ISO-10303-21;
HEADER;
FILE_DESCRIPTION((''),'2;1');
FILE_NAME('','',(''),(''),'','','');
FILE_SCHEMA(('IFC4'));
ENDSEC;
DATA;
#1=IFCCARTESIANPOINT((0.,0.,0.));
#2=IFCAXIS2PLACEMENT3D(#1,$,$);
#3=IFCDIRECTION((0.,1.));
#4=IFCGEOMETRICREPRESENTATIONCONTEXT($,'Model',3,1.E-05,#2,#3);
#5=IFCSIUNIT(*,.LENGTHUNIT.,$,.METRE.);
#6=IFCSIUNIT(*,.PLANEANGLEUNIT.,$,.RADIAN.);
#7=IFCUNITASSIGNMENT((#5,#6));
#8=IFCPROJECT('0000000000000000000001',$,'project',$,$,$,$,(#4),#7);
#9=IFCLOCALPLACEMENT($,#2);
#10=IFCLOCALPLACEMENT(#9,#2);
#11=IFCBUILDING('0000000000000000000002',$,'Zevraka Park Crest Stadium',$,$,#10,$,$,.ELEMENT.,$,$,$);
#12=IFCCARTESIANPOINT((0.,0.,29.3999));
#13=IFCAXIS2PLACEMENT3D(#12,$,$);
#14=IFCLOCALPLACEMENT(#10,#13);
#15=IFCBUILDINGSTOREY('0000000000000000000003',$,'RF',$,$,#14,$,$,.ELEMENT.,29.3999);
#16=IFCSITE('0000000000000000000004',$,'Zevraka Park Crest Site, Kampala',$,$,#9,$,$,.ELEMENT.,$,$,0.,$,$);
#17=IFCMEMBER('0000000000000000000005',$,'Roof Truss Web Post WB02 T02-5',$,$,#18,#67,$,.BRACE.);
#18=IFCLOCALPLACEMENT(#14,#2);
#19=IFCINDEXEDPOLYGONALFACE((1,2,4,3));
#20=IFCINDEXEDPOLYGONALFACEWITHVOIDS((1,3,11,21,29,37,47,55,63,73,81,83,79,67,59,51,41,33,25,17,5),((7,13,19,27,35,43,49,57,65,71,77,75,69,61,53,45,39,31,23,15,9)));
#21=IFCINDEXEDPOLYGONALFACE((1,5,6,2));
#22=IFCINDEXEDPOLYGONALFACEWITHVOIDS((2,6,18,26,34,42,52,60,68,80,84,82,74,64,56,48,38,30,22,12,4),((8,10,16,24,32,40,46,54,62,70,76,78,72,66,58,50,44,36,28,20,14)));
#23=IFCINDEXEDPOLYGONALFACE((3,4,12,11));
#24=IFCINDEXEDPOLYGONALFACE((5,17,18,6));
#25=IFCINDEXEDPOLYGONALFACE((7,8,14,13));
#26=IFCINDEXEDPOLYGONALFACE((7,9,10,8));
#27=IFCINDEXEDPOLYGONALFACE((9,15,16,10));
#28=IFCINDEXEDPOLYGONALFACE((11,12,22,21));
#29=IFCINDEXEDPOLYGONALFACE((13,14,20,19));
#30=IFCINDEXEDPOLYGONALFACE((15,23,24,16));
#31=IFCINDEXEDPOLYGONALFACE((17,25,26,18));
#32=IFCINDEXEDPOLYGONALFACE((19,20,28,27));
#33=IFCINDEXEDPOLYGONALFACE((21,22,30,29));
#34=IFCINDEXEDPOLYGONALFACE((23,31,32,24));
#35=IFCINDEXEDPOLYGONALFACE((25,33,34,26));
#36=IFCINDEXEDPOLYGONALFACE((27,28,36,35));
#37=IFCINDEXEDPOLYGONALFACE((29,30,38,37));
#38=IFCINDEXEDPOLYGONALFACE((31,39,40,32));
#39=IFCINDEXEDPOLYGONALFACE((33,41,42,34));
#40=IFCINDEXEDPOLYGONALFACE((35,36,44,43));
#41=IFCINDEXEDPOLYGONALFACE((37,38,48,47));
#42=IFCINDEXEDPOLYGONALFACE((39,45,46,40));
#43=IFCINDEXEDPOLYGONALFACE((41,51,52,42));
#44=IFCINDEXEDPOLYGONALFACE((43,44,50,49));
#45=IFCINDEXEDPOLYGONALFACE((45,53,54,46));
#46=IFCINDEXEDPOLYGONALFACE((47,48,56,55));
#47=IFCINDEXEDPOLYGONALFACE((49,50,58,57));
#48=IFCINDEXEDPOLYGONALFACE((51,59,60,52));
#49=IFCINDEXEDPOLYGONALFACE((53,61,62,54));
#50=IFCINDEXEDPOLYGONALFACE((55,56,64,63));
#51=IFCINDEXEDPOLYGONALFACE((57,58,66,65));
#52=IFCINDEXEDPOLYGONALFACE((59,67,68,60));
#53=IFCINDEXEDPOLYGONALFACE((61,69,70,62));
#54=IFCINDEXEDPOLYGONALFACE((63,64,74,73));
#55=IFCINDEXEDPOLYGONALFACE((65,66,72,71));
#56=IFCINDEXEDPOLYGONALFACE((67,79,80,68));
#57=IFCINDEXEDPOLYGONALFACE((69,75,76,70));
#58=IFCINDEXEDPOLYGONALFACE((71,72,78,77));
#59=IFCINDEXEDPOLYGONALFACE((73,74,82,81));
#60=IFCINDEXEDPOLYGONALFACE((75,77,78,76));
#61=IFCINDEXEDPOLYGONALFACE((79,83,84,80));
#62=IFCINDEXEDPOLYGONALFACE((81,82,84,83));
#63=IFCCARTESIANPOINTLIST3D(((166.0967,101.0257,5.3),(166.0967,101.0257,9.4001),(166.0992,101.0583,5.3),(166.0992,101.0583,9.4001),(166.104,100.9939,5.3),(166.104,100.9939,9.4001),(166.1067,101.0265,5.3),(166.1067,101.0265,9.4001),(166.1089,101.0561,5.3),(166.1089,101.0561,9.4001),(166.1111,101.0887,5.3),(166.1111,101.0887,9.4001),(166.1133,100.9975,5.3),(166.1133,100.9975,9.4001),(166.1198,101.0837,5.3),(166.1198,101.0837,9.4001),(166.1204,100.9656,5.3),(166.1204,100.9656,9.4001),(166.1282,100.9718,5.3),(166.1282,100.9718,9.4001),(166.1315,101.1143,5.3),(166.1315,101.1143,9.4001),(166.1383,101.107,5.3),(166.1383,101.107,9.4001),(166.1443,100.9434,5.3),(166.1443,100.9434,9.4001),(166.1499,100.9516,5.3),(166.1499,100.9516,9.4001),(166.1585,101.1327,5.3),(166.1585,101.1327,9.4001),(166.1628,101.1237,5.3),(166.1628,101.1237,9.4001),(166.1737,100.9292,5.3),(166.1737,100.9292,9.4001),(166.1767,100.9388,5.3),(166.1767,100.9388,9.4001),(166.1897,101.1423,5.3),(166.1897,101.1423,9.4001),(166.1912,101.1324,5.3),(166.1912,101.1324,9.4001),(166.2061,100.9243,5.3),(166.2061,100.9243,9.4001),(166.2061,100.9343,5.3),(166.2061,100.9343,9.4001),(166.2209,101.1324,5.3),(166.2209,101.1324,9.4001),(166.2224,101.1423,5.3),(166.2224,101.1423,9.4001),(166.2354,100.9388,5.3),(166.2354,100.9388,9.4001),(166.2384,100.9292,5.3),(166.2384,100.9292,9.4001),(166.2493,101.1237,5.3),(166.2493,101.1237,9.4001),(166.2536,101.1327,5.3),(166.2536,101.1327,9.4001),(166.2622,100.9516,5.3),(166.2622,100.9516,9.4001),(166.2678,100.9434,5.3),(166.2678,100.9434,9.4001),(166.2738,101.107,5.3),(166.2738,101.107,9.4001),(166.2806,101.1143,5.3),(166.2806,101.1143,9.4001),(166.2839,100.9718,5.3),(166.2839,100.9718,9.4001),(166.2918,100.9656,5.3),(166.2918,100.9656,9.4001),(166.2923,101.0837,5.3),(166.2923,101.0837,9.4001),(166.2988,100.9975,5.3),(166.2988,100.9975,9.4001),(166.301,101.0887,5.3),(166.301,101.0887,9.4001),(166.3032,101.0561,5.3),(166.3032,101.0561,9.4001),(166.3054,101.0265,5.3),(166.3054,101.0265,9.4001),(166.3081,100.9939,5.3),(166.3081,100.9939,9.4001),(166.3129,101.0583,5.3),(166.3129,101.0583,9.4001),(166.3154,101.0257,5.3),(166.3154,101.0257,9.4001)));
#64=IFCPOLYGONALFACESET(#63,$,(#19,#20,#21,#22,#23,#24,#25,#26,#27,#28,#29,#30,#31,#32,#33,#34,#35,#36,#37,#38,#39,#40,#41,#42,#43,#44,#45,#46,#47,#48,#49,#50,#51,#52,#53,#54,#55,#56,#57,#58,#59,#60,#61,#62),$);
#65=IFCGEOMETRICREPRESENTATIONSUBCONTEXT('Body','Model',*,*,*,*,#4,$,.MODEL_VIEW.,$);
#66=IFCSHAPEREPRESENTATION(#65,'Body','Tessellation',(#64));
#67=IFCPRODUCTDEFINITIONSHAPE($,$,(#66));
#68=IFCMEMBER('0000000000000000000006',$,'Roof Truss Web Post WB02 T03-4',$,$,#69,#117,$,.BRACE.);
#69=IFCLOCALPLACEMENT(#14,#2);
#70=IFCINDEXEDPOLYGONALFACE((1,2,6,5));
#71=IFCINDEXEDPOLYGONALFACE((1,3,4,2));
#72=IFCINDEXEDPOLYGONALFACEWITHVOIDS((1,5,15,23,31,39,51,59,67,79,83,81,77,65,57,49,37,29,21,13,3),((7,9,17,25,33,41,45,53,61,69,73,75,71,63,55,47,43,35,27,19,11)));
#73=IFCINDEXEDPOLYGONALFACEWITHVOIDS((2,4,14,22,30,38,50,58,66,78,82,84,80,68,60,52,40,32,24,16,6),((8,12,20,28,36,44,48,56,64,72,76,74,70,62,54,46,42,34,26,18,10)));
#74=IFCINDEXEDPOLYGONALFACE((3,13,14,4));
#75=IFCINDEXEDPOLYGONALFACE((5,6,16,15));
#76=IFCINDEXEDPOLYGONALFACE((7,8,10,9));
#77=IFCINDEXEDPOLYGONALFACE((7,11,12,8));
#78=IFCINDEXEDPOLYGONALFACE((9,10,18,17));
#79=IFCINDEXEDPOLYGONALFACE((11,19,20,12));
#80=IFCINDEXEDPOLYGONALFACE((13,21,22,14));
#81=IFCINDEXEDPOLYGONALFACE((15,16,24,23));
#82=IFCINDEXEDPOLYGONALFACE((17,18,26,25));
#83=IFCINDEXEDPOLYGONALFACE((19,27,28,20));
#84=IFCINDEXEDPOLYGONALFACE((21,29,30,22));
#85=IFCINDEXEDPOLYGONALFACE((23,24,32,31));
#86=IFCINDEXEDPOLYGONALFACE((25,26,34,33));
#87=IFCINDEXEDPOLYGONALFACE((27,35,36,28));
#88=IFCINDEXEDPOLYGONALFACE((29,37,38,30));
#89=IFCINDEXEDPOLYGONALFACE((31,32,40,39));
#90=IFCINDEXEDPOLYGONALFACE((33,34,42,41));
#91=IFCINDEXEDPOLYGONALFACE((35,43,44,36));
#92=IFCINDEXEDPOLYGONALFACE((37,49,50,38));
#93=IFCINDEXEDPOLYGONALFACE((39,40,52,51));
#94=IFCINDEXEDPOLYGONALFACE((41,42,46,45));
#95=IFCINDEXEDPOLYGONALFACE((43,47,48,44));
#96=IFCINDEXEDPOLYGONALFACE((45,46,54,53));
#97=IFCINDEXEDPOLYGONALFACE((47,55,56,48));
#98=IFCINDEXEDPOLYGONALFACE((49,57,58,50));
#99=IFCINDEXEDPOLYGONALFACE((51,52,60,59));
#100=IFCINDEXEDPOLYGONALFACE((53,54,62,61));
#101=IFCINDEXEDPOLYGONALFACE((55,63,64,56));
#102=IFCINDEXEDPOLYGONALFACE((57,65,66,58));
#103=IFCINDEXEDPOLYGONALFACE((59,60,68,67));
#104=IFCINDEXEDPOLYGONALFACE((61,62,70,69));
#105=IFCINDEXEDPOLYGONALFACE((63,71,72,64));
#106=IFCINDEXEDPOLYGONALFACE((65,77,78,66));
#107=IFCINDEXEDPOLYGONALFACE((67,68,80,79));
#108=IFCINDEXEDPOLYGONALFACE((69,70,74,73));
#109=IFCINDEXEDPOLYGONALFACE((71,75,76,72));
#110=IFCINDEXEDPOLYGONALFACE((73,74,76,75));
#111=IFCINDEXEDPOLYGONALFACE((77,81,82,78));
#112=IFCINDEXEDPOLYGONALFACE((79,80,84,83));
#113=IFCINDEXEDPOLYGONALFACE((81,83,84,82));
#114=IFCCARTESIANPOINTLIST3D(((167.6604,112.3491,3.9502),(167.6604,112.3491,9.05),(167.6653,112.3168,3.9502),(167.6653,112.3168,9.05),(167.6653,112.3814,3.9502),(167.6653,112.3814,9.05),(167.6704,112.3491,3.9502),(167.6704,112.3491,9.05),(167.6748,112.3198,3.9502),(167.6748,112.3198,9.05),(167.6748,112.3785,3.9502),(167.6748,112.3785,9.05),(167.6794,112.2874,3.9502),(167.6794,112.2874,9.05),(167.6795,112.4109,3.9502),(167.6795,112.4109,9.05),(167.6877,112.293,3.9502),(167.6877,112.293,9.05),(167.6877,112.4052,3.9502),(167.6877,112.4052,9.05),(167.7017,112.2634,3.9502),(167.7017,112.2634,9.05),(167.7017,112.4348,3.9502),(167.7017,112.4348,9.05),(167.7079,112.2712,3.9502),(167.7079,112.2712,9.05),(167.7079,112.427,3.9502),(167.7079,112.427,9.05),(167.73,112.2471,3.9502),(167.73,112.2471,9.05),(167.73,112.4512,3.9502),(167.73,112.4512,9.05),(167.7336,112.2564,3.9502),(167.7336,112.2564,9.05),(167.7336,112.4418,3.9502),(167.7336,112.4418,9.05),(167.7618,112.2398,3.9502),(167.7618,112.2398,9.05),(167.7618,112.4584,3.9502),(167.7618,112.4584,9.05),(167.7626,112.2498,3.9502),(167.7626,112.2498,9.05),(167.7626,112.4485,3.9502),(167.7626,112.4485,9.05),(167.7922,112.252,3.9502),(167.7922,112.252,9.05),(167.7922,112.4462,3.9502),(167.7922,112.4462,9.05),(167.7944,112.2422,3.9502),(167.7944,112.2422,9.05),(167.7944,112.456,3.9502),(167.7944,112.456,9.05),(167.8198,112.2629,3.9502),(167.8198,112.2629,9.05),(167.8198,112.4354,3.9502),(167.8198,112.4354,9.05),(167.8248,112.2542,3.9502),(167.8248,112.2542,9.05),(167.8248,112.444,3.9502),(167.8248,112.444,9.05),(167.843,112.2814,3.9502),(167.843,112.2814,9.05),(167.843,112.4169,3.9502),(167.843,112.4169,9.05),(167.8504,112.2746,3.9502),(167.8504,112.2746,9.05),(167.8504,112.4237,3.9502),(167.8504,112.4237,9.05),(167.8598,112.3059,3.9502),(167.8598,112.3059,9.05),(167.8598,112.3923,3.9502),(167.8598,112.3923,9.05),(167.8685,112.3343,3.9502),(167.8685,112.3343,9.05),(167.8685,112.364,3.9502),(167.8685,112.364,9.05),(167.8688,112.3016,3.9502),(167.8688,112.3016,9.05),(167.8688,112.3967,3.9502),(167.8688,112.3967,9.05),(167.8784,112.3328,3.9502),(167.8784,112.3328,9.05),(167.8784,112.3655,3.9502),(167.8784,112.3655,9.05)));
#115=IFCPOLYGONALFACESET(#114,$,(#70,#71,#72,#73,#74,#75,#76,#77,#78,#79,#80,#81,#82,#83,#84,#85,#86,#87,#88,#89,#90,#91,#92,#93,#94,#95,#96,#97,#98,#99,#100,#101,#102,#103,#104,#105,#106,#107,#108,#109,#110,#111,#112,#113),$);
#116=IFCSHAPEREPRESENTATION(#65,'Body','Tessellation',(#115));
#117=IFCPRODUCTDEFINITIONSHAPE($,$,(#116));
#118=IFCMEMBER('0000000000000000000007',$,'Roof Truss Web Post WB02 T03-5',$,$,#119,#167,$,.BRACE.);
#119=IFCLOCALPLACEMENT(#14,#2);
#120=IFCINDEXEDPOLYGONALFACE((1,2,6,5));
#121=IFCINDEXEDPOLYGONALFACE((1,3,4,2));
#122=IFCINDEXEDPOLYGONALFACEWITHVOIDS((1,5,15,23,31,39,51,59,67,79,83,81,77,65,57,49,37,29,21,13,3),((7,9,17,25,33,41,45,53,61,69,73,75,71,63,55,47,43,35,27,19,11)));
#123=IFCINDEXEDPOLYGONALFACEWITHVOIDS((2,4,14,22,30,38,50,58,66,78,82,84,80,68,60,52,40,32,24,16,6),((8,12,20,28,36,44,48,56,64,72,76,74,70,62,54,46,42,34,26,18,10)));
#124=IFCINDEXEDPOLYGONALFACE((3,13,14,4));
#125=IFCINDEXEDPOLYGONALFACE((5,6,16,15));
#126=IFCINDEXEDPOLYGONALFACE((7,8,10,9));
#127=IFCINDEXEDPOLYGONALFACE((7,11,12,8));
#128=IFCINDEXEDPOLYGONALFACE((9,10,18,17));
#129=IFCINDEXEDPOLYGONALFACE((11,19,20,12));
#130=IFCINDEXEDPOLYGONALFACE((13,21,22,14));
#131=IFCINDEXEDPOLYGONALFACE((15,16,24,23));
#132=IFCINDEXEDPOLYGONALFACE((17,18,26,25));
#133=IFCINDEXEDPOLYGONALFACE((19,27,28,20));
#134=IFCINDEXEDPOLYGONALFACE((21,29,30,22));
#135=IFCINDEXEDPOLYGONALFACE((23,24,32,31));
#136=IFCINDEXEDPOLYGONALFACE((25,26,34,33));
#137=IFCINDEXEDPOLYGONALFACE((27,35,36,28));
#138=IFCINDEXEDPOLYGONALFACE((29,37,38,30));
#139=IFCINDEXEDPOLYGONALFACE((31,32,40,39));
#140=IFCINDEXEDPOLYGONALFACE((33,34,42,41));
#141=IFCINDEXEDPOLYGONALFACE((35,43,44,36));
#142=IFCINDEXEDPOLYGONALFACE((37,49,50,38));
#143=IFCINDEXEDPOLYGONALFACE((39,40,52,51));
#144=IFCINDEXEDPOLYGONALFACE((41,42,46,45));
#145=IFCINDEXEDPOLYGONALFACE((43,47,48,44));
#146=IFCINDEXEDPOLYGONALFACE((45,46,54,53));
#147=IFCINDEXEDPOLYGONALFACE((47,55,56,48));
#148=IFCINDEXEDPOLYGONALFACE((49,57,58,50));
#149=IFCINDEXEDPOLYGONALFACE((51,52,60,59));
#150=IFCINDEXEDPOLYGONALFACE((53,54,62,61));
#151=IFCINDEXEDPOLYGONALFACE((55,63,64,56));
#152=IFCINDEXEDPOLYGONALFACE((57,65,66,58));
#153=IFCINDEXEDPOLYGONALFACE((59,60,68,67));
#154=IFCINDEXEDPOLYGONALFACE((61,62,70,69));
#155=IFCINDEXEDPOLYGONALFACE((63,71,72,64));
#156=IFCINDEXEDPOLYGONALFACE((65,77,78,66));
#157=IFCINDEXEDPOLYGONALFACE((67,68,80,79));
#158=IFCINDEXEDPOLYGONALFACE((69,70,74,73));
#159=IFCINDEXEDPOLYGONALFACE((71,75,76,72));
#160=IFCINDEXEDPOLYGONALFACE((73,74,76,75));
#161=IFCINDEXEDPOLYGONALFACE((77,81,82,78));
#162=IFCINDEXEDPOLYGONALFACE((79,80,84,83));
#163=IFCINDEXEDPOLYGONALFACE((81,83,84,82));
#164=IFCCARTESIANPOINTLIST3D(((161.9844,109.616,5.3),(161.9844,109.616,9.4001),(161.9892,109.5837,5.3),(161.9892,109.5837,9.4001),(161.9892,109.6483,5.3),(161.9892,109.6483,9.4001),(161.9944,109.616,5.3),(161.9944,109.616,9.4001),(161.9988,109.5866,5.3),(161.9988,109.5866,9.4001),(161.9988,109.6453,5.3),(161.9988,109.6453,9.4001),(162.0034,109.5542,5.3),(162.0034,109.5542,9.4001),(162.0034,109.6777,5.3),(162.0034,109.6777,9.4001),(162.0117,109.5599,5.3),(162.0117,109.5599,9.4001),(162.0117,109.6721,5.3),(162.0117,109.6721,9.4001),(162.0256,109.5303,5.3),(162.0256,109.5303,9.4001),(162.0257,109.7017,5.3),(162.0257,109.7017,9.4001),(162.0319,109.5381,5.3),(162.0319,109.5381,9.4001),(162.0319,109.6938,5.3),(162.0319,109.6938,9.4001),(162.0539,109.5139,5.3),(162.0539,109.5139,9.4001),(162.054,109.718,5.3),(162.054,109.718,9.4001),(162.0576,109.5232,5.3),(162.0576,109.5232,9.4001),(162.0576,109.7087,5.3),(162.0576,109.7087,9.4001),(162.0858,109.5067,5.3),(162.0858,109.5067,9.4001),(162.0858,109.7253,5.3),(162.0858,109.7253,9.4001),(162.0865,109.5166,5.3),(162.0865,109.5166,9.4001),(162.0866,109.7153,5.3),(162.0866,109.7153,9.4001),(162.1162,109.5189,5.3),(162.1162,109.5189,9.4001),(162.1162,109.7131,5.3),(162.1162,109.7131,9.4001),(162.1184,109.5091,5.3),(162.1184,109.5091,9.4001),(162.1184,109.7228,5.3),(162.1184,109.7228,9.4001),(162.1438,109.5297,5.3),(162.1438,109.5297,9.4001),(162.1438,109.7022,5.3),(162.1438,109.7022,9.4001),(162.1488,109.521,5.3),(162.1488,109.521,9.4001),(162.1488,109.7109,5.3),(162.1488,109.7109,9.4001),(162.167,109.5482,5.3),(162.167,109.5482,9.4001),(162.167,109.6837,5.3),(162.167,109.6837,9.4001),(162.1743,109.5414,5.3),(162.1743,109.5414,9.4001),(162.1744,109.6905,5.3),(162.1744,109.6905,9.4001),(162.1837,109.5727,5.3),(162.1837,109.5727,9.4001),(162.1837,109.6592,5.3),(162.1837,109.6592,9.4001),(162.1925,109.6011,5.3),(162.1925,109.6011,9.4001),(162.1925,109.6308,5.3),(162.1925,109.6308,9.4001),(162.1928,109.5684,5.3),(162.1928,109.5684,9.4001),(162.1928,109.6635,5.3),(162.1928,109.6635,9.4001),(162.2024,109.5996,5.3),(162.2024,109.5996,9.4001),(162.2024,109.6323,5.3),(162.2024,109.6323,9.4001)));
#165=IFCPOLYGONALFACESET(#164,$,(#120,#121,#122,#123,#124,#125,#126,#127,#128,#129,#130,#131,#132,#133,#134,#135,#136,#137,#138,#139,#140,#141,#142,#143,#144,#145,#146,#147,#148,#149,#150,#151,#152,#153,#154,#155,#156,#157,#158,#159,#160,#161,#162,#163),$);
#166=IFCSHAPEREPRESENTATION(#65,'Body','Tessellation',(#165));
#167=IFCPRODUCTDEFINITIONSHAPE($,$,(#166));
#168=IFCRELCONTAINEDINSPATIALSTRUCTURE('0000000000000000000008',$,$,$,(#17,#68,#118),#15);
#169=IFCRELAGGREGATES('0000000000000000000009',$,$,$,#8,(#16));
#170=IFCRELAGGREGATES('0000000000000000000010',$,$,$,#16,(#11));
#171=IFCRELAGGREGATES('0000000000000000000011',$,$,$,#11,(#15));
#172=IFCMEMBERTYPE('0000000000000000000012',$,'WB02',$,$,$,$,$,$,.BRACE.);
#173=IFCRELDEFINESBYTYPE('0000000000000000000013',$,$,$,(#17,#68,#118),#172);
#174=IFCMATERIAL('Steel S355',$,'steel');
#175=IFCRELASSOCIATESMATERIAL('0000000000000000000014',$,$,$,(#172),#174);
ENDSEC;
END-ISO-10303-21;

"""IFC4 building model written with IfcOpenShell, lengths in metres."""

from ifc_helpers import new_model, si_unit, direction, frame, origin, origin_2d, place, context, subcontext, project, spatial, hollow_circle, extrude, material, material_profile, profile_set, type_object, element, save


model = new_model("IFC4")

# Units and contexts
model_context = context("Model", 3, precision=1e-05, world=origin(), true_north=direction((0.0, 1.0)))
body_context = subcontext(model_context, "Body", "Model", "MODEL_VIEW")
ifc_project = project(units=[si_unit("LENGTHUNIT", "METRE"), si_unit("PLANEANGLEUNIT", "RADIAN")], contexts=[model_context])

# Site, building, storey
site_placement = place(None, origin())
site = spatial("IfcSite", under=ifc_project, at=site_placement, Name="Zevraka Park Crest Site, Kampala", CompositionType="ELEMENT", RefElevation=0.0)
building_placement = place(site_placement, origin())
building = spatial("IfcBuilding", under=site, at=building_placement, Name="Zevraka Park Crest Stadium", CompositionType="ELEMENT")
storey_placement = place(building_placement, frame((0.0, 0.0, 29.3999)))
storey = spatial("IfcBuildingStorey", under=building, at=storey_placement, Name="RF", CompositionType="ELEMENT", Elevation=29.3999)

# Members
ifc_material_1 = material(Name="Steel S355", Category="steel")
ifc_material_profile_1 = material_profile(ifc_material_1, hollow_circle(Radius=0.1096, WallThickness=0.01, at=origin_2d()), Name="CHS 219.1x10")
ifc_profile_set_1 = profile_set([ifc_material_profile_1], Name="Steel S355")
member_type_1 = type_object("IfcMemberType", Name="WB02", PredefinedType="BRACE", material=ifc_profile_set_1)
member_1_placement = place(storey_placement, frame((166.2061, 101.0339, 5.3), z_axis=(0.0, 0.0, 1.0), x_axis=(0.974917, 0.22257, 0.0)))
element("IfcMember", 1, at=member_1_placement, inside=storey, type_object=member_type_1, Name="Roof Truss Web Post WB02 T02-5", PredefinedType="BRACE", context=body_context, shape_type="SweptSolid", body=[
    extrude(hollow_circle(Radius=0.1096, WallThickness=0.01, at=origin_2d()), origin(), (0.0, 0.0, 1.0), 4.1001),
])
member_2_placement = place(storey_placement, frame((167.77, 112.3491, 3.9502), z_axis=(0.0, 0.0, 1.0), x_axis=(0.901001, 0.433816, 0.0)))
element("IfcMember", 2, at=member_2_placement, inside=storey, type_object=member_type_1, Name="Roof Truss Web Post WB02 T03-4", PredefinedType="BRACE", context=body_context, shape_type="SweptSolid", body=[
    extrude(hollow_circle(Radius=0.1096, WallThickness=0.01, at=origin_2d()), origin(), (0.0, 0.0, 1.0), 5.0999),
])
member_3_placement = place(storey_placement, frame((162.094, 109.616, 5.3), z_axis=(0.0, 0.0, 1.0), x_axis=(0.901001, 0.433816, 0.0)))
element("IfcMember", 3, at=member_3_placement, inside=storey, type_object=member_type_1, Name="Roof Truss Web Post WB02 T03-5", PredefinedType="BRACE", context=body_context, shape_type="SweptSolid", body=[
    extrude(hollow_circle(Radius=0.1096, WallThickness=0.01, at=origin_2d()), origin(), (0.0, 0.0, 1.0), 4.1001),
])

save(model, "model.ifc")
